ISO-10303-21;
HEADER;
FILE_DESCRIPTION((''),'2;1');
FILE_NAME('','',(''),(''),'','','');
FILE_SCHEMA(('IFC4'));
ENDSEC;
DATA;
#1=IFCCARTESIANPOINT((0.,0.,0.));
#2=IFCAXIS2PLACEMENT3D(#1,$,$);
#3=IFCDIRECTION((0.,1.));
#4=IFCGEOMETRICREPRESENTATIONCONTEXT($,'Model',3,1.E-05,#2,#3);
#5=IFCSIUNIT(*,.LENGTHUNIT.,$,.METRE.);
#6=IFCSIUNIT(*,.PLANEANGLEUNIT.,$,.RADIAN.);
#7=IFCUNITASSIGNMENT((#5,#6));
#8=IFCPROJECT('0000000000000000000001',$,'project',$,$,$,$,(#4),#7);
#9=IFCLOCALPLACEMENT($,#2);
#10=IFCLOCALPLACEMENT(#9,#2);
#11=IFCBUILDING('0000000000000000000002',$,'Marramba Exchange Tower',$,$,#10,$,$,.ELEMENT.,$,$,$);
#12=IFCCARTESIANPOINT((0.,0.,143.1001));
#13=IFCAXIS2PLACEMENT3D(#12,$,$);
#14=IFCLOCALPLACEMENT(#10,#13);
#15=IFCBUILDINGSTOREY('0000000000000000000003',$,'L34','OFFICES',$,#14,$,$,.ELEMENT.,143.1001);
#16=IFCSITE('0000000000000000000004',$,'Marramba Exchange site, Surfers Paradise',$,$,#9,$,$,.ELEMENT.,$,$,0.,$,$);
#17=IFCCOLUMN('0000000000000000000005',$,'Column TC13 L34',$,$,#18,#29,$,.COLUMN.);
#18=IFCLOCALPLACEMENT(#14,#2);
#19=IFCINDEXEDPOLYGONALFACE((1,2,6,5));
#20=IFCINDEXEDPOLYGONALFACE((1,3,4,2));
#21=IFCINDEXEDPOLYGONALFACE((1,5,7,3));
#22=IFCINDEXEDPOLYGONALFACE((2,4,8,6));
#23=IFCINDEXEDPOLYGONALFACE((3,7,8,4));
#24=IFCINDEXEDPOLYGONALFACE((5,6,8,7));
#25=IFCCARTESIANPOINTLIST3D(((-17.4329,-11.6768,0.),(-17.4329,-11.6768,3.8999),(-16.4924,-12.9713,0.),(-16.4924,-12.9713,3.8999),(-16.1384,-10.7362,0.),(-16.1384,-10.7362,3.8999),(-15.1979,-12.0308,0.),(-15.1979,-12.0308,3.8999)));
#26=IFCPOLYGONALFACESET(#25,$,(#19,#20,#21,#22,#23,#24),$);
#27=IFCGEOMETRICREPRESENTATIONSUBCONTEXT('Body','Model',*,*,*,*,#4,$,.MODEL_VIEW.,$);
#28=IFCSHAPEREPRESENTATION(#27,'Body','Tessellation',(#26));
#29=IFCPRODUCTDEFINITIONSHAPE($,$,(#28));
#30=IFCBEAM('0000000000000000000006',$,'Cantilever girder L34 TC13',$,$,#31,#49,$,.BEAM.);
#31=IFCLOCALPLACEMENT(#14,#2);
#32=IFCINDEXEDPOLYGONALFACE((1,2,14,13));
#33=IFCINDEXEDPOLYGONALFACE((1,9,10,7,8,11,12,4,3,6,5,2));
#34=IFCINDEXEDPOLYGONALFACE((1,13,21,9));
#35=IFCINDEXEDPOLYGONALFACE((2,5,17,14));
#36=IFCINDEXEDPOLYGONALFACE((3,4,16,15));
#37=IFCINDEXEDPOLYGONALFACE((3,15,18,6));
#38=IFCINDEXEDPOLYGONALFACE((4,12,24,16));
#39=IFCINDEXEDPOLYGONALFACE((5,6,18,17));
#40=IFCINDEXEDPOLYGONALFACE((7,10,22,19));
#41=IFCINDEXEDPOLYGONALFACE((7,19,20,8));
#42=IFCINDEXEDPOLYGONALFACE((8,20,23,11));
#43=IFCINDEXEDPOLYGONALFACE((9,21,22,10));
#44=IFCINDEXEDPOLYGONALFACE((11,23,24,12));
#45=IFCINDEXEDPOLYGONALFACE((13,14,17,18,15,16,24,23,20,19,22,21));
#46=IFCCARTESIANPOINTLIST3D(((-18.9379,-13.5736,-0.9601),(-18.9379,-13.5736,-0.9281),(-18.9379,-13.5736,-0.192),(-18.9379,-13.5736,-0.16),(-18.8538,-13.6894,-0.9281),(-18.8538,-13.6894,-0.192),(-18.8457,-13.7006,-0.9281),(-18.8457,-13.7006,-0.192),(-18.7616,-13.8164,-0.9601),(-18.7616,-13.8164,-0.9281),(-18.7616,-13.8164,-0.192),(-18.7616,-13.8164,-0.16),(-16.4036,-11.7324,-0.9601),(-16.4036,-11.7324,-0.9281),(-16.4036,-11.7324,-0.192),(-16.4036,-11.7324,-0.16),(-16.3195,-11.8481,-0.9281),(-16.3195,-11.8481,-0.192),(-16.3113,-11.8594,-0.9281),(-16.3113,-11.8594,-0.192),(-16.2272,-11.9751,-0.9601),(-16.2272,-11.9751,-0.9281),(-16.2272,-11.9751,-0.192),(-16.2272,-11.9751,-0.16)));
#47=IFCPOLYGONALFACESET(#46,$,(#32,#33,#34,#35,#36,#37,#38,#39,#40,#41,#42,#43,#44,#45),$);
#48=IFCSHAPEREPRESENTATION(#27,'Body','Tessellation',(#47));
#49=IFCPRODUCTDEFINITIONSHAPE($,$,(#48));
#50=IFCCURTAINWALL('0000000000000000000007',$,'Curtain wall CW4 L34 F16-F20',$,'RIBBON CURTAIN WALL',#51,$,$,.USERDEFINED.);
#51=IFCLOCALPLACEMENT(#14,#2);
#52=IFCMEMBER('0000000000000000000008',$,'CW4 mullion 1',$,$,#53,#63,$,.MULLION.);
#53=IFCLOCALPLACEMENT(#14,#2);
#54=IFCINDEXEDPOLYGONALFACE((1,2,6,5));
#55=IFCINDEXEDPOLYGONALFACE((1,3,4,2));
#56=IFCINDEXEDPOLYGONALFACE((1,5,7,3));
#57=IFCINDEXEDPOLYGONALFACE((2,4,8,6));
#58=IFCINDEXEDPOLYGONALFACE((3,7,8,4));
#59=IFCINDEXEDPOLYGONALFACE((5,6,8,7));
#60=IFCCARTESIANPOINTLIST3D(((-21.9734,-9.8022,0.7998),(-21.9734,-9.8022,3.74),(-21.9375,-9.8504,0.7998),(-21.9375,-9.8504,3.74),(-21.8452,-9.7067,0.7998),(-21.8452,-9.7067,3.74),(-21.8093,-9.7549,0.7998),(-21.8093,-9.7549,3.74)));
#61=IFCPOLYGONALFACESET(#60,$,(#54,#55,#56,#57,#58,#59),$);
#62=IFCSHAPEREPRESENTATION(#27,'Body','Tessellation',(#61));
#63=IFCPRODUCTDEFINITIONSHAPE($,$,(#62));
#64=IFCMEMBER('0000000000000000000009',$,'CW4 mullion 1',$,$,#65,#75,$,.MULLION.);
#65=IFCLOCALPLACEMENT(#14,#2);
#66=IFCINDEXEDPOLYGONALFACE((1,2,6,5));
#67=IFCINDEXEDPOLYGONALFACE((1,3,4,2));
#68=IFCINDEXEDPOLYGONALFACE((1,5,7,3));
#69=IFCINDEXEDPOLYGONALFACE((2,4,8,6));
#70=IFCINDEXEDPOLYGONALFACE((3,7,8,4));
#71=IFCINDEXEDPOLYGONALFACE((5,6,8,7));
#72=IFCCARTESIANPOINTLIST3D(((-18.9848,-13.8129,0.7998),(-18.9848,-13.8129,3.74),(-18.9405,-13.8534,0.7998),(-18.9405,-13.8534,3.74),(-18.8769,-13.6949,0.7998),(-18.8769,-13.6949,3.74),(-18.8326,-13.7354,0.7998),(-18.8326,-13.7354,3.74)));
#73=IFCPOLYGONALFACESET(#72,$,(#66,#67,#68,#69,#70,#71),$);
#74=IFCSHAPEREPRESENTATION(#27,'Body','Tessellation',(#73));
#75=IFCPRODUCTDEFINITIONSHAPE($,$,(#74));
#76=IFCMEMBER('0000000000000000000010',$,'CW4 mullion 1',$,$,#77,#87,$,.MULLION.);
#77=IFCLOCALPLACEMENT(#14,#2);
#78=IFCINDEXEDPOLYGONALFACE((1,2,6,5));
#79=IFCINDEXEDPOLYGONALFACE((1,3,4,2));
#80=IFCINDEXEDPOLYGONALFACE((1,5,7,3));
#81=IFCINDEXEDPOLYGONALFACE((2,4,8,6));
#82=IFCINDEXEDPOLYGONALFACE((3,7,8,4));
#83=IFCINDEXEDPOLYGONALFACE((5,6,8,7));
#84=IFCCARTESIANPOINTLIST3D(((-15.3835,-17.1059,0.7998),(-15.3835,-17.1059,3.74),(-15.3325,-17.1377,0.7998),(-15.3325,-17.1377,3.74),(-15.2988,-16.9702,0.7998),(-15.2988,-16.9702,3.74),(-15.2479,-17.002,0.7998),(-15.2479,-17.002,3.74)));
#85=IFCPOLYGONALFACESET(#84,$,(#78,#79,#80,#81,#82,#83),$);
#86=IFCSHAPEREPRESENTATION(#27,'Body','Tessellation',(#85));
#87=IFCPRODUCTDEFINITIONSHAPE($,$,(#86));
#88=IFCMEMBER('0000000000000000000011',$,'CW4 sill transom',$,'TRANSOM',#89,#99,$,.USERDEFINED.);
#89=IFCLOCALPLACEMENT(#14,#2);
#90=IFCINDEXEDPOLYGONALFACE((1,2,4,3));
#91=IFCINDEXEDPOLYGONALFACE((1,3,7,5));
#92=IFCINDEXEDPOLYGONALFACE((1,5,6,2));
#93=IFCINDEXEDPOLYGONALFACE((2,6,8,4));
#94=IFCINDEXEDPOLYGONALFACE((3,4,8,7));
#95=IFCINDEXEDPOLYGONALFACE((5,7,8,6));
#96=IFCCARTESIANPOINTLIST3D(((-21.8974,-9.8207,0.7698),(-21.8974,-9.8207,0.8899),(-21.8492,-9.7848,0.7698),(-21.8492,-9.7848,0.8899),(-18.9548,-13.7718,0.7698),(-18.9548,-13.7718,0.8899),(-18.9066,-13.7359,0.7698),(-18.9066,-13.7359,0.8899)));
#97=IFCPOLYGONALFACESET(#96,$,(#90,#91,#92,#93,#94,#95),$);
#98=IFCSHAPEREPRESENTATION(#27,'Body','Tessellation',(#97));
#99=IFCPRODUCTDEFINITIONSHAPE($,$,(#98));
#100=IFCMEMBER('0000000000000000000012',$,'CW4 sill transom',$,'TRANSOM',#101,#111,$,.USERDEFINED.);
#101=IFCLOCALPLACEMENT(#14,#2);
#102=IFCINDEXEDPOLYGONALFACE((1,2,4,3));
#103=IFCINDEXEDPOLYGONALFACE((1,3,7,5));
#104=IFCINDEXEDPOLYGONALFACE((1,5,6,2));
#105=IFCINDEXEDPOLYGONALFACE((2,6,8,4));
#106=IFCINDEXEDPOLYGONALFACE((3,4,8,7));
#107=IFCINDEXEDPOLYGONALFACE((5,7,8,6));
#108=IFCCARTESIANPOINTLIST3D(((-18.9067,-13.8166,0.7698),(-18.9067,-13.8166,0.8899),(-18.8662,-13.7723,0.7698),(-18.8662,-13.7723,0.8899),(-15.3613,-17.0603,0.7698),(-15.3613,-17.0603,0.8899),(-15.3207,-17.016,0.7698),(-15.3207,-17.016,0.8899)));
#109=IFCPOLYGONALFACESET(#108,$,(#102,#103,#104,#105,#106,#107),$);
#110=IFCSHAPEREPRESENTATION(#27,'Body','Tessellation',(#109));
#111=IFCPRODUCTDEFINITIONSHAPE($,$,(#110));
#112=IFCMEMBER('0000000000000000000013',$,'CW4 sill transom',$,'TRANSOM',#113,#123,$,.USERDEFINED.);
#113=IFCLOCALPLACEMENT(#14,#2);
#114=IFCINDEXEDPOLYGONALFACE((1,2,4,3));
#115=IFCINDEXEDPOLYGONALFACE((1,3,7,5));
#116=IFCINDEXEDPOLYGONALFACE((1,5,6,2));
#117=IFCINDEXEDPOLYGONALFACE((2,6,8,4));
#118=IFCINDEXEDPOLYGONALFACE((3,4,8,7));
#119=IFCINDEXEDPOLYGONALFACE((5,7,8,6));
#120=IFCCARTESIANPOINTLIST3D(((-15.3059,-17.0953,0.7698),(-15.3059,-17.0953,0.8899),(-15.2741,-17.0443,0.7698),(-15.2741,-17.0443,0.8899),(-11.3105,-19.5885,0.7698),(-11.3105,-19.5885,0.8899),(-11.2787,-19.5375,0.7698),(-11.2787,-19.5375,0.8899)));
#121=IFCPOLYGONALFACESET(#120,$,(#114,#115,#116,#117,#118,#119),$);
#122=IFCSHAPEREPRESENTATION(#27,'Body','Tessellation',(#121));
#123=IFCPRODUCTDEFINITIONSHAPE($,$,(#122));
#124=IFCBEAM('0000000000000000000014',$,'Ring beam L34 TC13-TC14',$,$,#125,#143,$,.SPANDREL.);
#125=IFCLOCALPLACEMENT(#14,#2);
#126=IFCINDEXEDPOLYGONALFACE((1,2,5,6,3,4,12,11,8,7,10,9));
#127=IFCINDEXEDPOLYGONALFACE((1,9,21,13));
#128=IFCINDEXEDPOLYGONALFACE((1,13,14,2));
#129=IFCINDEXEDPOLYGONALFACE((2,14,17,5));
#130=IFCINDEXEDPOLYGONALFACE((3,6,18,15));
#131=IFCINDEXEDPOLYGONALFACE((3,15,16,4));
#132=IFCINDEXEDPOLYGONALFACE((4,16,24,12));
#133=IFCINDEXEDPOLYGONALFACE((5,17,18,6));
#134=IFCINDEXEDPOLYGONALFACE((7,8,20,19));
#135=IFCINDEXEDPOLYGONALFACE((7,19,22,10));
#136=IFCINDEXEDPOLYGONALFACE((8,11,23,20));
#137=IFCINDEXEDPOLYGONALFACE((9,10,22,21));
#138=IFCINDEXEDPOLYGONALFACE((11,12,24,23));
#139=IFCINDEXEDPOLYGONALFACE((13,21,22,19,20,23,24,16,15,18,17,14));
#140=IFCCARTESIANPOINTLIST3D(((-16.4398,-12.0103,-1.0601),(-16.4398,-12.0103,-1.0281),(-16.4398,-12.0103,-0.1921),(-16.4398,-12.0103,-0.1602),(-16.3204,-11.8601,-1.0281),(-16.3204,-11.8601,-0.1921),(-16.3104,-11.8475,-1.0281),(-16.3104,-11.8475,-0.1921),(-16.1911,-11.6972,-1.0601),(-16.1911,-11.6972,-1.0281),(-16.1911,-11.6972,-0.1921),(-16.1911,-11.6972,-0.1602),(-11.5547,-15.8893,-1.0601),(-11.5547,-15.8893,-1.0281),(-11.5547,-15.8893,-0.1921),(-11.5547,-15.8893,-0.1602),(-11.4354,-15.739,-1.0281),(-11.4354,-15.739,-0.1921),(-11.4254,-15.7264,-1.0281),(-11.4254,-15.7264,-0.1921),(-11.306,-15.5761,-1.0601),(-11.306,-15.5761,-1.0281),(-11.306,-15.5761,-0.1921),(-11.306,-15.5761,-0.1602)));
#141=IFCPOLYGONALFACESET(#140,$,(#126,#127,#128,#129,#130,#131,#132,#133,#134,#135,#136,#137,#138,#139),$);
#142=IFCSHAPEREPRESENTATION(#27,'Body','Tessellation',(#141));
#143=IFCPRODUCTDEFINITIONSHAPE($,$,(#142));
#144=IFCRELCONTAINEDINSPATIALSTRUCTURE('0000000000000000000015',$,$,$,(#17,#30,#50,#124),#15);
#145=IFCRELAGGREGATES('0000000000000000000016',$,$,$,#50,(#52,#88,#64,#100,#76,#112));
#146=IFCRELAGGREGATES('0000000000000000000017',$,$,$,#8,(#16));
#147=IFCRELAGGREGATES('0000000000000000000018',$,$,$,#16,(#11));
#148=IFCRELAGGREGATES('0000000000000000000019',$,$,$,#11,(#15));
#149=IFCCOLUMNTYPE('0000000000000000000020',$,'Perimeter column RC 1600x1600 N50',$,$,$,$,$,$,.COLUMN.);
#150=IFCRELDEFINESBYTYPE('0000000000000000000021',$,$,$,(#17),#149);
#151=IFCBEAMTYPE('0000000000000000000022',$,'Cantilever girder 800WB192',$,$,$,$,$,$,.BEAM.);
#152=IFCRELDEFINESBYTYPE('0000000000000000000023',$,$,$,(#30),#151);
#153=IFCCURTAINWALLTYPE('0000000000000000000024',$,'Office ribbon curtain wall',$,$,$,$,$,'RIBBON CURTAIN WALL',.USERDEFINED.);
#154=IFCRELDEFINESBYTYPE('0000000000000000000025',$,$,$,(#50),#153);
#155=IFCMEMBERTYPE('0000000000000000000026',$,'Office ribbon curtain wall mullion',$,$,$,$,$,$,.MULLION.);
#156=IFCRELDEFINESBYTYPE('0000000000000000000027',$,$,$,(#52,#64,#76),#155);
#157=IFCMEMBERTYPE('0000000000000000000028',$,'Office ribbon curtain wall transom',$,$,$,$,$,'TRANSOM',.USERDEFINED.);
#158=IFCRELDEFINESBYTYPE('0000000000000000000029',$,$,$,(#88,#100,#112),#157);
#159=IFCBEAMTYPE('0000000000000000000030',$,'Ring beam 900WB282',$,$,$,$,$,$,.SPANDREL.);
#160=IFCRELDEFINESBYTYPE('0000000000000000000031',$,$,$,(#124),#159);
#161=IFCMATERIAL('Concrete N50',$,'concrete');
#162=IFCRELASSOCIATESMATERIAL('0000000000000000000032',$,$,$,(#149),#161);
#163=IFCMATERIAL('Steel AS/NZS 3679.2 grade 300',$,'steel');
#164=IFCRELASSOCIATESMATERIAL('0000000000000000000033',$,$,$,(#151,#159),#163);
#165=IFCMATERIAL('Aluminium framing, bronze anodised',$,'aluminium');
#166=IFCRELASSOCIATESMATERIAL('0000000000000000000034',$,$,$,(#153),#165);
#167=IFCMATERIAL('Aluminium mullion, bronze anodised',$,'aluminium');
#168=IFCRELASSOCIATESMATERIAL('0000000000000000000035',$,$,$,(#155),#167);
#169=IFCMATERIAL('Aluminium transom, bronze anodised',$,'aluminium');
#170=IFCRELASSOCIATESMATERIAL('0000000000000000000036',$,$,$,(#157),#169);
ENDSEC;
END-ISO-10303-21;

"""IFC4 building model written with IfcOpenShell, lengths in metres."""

from ifc_helpers import new_model, si_unit, direction, frame, origin, origin_2d, place, context, subcontext, project, spatial, rectangle, i_section, extrude, material, material_profile, profile_set, type_object, element, aggregate, save


model = new_model("IFC4")

# Units and contexts
model_context = context("Model", 3, precision=1e-05, world=origin(), true_north=direction((0.0, 1.0)))
body_context = subcontext(model_context, "Body", "Model", "MODEL_VIEW")
ifc_project = project(units=[si_unit("LENGTHUNIT", "METRE"), si_unit("PLANEANGLEUNIT", "RADIAN")], contexts=[model_context])

# Site, building, storey
site_placement = place(None, origin())
site = spatial("IfcSite", under=ifc_project, at=site_placement, Name="Marramba Exchange site, Surfers Paradise", CompositionType="ELEMENT", RefElevation=0.0)
building_placement = place(site_placement, origin())
building = spatial("IfcBuilding", under=site, at=building_placement, Name="Marramba Exchange Tower", CompositionType="ELEMENT")
storey_placement = place(building_placement, frame((0.0, 0.0, 143.1001)))
storey = spatial("IfcBuildingStorey", under=building, at=storey_placement, Name="L34", Description="OFFICES", CompositionType="ELEMENT", Elevation=143.1001)

# Column
ifc_material_1 = material(Name="Concrete N50", Category="concrete")
ifc_material_profile_1 = material_profile(ifc_material_1, rectangle(XDim=1.6001, YDim=1.6001, at=origin_2d()), Name="RC 1600x1600")
ifc_profile_set_1 = profile_set([ifc_material_profile_1], Name="Concrete N50")
column_type = type_object("IfcColumnType", Name="Perimeter column RC 1600x1600 N50", PredefinedType="COLUMN", material=ifc_profile_set_1)
column_placement = place(storey_placement, frame((-16.3154, -11.8538, 0.0), z_axis=(0.0, 0.0, 1.0), x_axis=(-0.809017, -0.587785, 0.0)))
element("IfcColumn", 1, at=column_placement, inside=storey, type_object=column_type, Name="Column TC13 L34", PredefinedType="COLUMN", context=body_context, shape_type="SweptSolid", body=[
    extrude(rectangle(XDim=1.6001, YDim=1.6001, at=origin_2d()), origin(), (0.0, 0.0, 1.0), 3.8999),
])

# Beam
ifc_material_2 = material(Name="Steel AS/NZS 3679.2 grade 300", Category="steel")
ifc_material_profile_2 = material_profile(ifc_material_2, i_section(OverallWidth=0.3, OverallDepth=0.8, WebThickness=0.0139, FlangeThickness=0.032, at=origin_2d()), Name="800WB192")
ifc_profile_set_2 = profile_set([ifc_material_profile_2], Name="Steel AS/NZS 3679.2 grade 300")
beam_type_1 = type_object("IfcBeamType", Name="Cantilever girder 800WB192", PredefinedType="BEAM", material=ifc_profile_set_2)
beam_1_placement = place(storey_placement, frame((-16.3154, -11.8538, -0.5601), z_axis=(-0.809026, -0.587773, 0.0), x_axis=(0.587773, -0.809026, 0.0)))
element("IfcBeam", 2, at=beam_1_placement, inside=storey, type_object=beam_type_1, Name="Cantilever girder L34 TC13", PredefinedType="BEAM", context=body_context, shape_type="SweptSolid", body=[
    extrude(i_section(OverallWidth=0.3, OverallDepth=0.8, WebThickness=0.0139, FlangeThickness=0.032, at=origin_2d()), origin(), (0.0, 0.0, 1.0), 3.1326),
])

# Curtain wall, members
ifc_material_3 = material(Name="Aluminium framing, bronze anodised", Category="aluminium")
curtain_wall_type = type_object("IfcCurtainWallType", Name="Office ribbon curtain wall", ElementType="RIBBON CURTAIN WALL", PredefinedType="USERDEFINED", material=ifc_material_3)
curtain_wall_placement = place(storey_placement, origin())
curtain_wall = element("IfcCurtainWall", 3, at=curtain_wall_placement, inside=storey, type_object=curtain_wall_type, Name="Curtain wall CW4 L34 F16-F20", ObjectType="RIBBON CURTAIN WALL", PredefinedType="USERDEFINED")
ifc_material_4 = material(Name="Aluminium mullion, bronze anodised", Category="aluminium")
ifc_material_profile_3 = material_profile(ifc_material_4, rectangle(XDim=0.1599, YDim=0.0601, at=origin_2d()), Name="CW4 mullion 60x160")
ifc_profile_set_3 = profile_set([ifc_material_profile_3], Name="Aluminium mullion, bronze anodised")
member_type_1 = type_object("IfcMemberType", Name="Office ribbon curtain wall mullion", PredefinedType="MULLION", material=ifc_profile_set_3)
member_1_placement = place(storey_placement, frame((-21.8914, -9.7786, 0.7998), z_axis=(0.0, 0.0, 1.0), x_axis=(0.802014, 0.597305, 0.0)))
member_1 = element("IfcMember", 4, at=member_1_placement, type_object=member_type_1, Name="CW4 mullion 1", PredefinedType="MULLION", context=body_context, shape_type="SweptSolid", body=[
    extrude(rectangle(XDim=0.1599, YDim=0.0601, at=origin_2d()), origin(), (0.0, 0.0, 1.0), 2.9402),
])
member_2_placement = place(storey_placement, frame((-18.9087, -13.7742, 0.7998), z_axis=(0.0, 0.0, 1.0), x_axis=(0.674995, 0.737822, 0.0)))
member_2 = element("IfcMember", 5, at=member_2_placement, type_object=member_type_1, Name="CW4 mullion 1", PredefinedType="MULLION", context=body_context, shape_type="SweptSolid", body=[
    extrude(rectangle(XDim=0.1599, YDim=0.0601, at=origin_2d()), origin(), (0.0, 0.0, 1.0), 2.9402),
])
member_3_placement = place(storey_placement, frame((-15.3157, -17.054, 0.7998), z_axis=(0.0, 0.0, 1.0), x_axis=(0.529428, 0.848355, 0.0)))
member_3 = element("IfcMember", 6, at=member_3_placement, type_object=member_type_1, Name="CW4 mullion 1", PredefinedType="MULLION", context=body_context, shape_type="SweptSolid", body=[
    extrude(rectangle(XDim=0.1599, YDim=0.0601, at=origin_2d()), origin(), (0.0, 0.0, 1.0), 2.9402),
])
ifc_material_5 = material(Name="Aluminium transom, bronze anodised", Category="aluminium")
ifc_material_profile_4 = material_profile(ifc_material_5, rectangle(XDim=0.0601, YDim=0.1201, at=origin_2d()), Name="CW4 transom 60x120")
ifc_profile_set_4 = profile_set([ifc_material_profile_4], Name="Aluminium transom, bronze anodised")
member_type_2 = type_object("IfcMemberType", Name="Office ribbon curtain wall transom", ElementType="TRANSOM", PredefinedType="USERDEFINED", material=ifc_profile_set_4)
member_4_placement = place(storey_placement, frame((-21.8733, -9.8027, 0.8298), z_axis=(0.597301, -0.802017, 0.0), x_axis=(0.802017, 0.597301, 0.0)))
member_4 = element("IfcMember", 7, at=member_4_placement, type_object=member_type_2, Name="CW4 sill transom", ObjectType="TRANSOM", PredefinedType="USERDEFINED", context=body_context, shape_type="SweptSolid", body=[
    extrude(rectangle(XDim=0.0601, YDim=0.1201, at=origin_2d()), origin(), (0.0, 0.0, 1.0), 4.9265),
])
member_5_placement = place(storey_placement, frame((-18.8865, -13.7944, 0.8298), z_axis=(0.737808, -0.675011, 0.0), x_axis=(0.675011, 0.737808, 0.0)))
member_5 = element("IfcMember", 8, at=member_5_placement, type_object=member_type_2, Name="CW4 sill transom", ObjectType="TRANSOM", PredefinedType="USERDEFINED", context=body_context, shape_type="SweptSolid", body=[
    extrude(rectangle(XDim=0.0601, YDim=0.1201, at=origin_2d()), origin(), (0.0, 0.0, 1.0), 4.8054),
])
member_6_placement = place(storey_placement, frame((-15.29, -17.0698, 0.8298), z_axis=(0.848374, -0.529398, 0.0), x_axis=(0.529398, 0.848374, 0.0)))
member_6 = element("IfcMember", 9, at=member_6_placement, type_object=member_type_2, Name="CW4 sill transom", ObjectType="TRANSOM", PredefinedType="USERDEFINED", context=body_context, shape_type="SweptSolid", body=[
    extrude(rectangle(XDim=0.0601, YDim=0.1201, at=origin_2d()), origin(), (0.0, 0.0, 1.0), 4.7095),
])

# Beam
ifc_material_profile_5 = material_profile(ifc_material_2, i_section(OverallWidth=0.3999, OverallDepth=0.8999, WebThickness=0.0161, FlangeThickness=0.032, at=origin_2d()), Name="900WB282")
ifc_profile_set_5 = profile_set([ifc_material_profile_5], Name="Steel AS/NZS 3679.2 grade 300")
beam_type_2 = type_object("IfcBeamType", Name="Ring beam 900WB282", PredefinedType="SPANDREL", material=ifc_profile_set_5)
beam_2_placement = place(storey_placement, frame((-16.3154, -11.8538, -0.6101), z_axis=(0.783139, -0.621846, 0.0), x_axis=(0.621846, 0.783139, 0.0)))
element("IfcBeam", 10, at=beam_2_placement, inside=storey, type_object=beam_type_2, Name="Ring beam L34 TC13-TC14", PredefinedType="SPANDREL", context=body_context, shape_type="SweptSolid", body=[
    extrude(i_section(OverallWidth=0.3999, OverallDepth=0.8999, WebThickness=0.0161, FlangeThickness=0.032, at=origin_2d()), origin(), (0.0, 0.0, 1.0), 6.2378),
])

aggregate(curtain_wall, [member_1, member_4, member_2, member_5, member_3, member_6])

save(model, "model.ifc")
